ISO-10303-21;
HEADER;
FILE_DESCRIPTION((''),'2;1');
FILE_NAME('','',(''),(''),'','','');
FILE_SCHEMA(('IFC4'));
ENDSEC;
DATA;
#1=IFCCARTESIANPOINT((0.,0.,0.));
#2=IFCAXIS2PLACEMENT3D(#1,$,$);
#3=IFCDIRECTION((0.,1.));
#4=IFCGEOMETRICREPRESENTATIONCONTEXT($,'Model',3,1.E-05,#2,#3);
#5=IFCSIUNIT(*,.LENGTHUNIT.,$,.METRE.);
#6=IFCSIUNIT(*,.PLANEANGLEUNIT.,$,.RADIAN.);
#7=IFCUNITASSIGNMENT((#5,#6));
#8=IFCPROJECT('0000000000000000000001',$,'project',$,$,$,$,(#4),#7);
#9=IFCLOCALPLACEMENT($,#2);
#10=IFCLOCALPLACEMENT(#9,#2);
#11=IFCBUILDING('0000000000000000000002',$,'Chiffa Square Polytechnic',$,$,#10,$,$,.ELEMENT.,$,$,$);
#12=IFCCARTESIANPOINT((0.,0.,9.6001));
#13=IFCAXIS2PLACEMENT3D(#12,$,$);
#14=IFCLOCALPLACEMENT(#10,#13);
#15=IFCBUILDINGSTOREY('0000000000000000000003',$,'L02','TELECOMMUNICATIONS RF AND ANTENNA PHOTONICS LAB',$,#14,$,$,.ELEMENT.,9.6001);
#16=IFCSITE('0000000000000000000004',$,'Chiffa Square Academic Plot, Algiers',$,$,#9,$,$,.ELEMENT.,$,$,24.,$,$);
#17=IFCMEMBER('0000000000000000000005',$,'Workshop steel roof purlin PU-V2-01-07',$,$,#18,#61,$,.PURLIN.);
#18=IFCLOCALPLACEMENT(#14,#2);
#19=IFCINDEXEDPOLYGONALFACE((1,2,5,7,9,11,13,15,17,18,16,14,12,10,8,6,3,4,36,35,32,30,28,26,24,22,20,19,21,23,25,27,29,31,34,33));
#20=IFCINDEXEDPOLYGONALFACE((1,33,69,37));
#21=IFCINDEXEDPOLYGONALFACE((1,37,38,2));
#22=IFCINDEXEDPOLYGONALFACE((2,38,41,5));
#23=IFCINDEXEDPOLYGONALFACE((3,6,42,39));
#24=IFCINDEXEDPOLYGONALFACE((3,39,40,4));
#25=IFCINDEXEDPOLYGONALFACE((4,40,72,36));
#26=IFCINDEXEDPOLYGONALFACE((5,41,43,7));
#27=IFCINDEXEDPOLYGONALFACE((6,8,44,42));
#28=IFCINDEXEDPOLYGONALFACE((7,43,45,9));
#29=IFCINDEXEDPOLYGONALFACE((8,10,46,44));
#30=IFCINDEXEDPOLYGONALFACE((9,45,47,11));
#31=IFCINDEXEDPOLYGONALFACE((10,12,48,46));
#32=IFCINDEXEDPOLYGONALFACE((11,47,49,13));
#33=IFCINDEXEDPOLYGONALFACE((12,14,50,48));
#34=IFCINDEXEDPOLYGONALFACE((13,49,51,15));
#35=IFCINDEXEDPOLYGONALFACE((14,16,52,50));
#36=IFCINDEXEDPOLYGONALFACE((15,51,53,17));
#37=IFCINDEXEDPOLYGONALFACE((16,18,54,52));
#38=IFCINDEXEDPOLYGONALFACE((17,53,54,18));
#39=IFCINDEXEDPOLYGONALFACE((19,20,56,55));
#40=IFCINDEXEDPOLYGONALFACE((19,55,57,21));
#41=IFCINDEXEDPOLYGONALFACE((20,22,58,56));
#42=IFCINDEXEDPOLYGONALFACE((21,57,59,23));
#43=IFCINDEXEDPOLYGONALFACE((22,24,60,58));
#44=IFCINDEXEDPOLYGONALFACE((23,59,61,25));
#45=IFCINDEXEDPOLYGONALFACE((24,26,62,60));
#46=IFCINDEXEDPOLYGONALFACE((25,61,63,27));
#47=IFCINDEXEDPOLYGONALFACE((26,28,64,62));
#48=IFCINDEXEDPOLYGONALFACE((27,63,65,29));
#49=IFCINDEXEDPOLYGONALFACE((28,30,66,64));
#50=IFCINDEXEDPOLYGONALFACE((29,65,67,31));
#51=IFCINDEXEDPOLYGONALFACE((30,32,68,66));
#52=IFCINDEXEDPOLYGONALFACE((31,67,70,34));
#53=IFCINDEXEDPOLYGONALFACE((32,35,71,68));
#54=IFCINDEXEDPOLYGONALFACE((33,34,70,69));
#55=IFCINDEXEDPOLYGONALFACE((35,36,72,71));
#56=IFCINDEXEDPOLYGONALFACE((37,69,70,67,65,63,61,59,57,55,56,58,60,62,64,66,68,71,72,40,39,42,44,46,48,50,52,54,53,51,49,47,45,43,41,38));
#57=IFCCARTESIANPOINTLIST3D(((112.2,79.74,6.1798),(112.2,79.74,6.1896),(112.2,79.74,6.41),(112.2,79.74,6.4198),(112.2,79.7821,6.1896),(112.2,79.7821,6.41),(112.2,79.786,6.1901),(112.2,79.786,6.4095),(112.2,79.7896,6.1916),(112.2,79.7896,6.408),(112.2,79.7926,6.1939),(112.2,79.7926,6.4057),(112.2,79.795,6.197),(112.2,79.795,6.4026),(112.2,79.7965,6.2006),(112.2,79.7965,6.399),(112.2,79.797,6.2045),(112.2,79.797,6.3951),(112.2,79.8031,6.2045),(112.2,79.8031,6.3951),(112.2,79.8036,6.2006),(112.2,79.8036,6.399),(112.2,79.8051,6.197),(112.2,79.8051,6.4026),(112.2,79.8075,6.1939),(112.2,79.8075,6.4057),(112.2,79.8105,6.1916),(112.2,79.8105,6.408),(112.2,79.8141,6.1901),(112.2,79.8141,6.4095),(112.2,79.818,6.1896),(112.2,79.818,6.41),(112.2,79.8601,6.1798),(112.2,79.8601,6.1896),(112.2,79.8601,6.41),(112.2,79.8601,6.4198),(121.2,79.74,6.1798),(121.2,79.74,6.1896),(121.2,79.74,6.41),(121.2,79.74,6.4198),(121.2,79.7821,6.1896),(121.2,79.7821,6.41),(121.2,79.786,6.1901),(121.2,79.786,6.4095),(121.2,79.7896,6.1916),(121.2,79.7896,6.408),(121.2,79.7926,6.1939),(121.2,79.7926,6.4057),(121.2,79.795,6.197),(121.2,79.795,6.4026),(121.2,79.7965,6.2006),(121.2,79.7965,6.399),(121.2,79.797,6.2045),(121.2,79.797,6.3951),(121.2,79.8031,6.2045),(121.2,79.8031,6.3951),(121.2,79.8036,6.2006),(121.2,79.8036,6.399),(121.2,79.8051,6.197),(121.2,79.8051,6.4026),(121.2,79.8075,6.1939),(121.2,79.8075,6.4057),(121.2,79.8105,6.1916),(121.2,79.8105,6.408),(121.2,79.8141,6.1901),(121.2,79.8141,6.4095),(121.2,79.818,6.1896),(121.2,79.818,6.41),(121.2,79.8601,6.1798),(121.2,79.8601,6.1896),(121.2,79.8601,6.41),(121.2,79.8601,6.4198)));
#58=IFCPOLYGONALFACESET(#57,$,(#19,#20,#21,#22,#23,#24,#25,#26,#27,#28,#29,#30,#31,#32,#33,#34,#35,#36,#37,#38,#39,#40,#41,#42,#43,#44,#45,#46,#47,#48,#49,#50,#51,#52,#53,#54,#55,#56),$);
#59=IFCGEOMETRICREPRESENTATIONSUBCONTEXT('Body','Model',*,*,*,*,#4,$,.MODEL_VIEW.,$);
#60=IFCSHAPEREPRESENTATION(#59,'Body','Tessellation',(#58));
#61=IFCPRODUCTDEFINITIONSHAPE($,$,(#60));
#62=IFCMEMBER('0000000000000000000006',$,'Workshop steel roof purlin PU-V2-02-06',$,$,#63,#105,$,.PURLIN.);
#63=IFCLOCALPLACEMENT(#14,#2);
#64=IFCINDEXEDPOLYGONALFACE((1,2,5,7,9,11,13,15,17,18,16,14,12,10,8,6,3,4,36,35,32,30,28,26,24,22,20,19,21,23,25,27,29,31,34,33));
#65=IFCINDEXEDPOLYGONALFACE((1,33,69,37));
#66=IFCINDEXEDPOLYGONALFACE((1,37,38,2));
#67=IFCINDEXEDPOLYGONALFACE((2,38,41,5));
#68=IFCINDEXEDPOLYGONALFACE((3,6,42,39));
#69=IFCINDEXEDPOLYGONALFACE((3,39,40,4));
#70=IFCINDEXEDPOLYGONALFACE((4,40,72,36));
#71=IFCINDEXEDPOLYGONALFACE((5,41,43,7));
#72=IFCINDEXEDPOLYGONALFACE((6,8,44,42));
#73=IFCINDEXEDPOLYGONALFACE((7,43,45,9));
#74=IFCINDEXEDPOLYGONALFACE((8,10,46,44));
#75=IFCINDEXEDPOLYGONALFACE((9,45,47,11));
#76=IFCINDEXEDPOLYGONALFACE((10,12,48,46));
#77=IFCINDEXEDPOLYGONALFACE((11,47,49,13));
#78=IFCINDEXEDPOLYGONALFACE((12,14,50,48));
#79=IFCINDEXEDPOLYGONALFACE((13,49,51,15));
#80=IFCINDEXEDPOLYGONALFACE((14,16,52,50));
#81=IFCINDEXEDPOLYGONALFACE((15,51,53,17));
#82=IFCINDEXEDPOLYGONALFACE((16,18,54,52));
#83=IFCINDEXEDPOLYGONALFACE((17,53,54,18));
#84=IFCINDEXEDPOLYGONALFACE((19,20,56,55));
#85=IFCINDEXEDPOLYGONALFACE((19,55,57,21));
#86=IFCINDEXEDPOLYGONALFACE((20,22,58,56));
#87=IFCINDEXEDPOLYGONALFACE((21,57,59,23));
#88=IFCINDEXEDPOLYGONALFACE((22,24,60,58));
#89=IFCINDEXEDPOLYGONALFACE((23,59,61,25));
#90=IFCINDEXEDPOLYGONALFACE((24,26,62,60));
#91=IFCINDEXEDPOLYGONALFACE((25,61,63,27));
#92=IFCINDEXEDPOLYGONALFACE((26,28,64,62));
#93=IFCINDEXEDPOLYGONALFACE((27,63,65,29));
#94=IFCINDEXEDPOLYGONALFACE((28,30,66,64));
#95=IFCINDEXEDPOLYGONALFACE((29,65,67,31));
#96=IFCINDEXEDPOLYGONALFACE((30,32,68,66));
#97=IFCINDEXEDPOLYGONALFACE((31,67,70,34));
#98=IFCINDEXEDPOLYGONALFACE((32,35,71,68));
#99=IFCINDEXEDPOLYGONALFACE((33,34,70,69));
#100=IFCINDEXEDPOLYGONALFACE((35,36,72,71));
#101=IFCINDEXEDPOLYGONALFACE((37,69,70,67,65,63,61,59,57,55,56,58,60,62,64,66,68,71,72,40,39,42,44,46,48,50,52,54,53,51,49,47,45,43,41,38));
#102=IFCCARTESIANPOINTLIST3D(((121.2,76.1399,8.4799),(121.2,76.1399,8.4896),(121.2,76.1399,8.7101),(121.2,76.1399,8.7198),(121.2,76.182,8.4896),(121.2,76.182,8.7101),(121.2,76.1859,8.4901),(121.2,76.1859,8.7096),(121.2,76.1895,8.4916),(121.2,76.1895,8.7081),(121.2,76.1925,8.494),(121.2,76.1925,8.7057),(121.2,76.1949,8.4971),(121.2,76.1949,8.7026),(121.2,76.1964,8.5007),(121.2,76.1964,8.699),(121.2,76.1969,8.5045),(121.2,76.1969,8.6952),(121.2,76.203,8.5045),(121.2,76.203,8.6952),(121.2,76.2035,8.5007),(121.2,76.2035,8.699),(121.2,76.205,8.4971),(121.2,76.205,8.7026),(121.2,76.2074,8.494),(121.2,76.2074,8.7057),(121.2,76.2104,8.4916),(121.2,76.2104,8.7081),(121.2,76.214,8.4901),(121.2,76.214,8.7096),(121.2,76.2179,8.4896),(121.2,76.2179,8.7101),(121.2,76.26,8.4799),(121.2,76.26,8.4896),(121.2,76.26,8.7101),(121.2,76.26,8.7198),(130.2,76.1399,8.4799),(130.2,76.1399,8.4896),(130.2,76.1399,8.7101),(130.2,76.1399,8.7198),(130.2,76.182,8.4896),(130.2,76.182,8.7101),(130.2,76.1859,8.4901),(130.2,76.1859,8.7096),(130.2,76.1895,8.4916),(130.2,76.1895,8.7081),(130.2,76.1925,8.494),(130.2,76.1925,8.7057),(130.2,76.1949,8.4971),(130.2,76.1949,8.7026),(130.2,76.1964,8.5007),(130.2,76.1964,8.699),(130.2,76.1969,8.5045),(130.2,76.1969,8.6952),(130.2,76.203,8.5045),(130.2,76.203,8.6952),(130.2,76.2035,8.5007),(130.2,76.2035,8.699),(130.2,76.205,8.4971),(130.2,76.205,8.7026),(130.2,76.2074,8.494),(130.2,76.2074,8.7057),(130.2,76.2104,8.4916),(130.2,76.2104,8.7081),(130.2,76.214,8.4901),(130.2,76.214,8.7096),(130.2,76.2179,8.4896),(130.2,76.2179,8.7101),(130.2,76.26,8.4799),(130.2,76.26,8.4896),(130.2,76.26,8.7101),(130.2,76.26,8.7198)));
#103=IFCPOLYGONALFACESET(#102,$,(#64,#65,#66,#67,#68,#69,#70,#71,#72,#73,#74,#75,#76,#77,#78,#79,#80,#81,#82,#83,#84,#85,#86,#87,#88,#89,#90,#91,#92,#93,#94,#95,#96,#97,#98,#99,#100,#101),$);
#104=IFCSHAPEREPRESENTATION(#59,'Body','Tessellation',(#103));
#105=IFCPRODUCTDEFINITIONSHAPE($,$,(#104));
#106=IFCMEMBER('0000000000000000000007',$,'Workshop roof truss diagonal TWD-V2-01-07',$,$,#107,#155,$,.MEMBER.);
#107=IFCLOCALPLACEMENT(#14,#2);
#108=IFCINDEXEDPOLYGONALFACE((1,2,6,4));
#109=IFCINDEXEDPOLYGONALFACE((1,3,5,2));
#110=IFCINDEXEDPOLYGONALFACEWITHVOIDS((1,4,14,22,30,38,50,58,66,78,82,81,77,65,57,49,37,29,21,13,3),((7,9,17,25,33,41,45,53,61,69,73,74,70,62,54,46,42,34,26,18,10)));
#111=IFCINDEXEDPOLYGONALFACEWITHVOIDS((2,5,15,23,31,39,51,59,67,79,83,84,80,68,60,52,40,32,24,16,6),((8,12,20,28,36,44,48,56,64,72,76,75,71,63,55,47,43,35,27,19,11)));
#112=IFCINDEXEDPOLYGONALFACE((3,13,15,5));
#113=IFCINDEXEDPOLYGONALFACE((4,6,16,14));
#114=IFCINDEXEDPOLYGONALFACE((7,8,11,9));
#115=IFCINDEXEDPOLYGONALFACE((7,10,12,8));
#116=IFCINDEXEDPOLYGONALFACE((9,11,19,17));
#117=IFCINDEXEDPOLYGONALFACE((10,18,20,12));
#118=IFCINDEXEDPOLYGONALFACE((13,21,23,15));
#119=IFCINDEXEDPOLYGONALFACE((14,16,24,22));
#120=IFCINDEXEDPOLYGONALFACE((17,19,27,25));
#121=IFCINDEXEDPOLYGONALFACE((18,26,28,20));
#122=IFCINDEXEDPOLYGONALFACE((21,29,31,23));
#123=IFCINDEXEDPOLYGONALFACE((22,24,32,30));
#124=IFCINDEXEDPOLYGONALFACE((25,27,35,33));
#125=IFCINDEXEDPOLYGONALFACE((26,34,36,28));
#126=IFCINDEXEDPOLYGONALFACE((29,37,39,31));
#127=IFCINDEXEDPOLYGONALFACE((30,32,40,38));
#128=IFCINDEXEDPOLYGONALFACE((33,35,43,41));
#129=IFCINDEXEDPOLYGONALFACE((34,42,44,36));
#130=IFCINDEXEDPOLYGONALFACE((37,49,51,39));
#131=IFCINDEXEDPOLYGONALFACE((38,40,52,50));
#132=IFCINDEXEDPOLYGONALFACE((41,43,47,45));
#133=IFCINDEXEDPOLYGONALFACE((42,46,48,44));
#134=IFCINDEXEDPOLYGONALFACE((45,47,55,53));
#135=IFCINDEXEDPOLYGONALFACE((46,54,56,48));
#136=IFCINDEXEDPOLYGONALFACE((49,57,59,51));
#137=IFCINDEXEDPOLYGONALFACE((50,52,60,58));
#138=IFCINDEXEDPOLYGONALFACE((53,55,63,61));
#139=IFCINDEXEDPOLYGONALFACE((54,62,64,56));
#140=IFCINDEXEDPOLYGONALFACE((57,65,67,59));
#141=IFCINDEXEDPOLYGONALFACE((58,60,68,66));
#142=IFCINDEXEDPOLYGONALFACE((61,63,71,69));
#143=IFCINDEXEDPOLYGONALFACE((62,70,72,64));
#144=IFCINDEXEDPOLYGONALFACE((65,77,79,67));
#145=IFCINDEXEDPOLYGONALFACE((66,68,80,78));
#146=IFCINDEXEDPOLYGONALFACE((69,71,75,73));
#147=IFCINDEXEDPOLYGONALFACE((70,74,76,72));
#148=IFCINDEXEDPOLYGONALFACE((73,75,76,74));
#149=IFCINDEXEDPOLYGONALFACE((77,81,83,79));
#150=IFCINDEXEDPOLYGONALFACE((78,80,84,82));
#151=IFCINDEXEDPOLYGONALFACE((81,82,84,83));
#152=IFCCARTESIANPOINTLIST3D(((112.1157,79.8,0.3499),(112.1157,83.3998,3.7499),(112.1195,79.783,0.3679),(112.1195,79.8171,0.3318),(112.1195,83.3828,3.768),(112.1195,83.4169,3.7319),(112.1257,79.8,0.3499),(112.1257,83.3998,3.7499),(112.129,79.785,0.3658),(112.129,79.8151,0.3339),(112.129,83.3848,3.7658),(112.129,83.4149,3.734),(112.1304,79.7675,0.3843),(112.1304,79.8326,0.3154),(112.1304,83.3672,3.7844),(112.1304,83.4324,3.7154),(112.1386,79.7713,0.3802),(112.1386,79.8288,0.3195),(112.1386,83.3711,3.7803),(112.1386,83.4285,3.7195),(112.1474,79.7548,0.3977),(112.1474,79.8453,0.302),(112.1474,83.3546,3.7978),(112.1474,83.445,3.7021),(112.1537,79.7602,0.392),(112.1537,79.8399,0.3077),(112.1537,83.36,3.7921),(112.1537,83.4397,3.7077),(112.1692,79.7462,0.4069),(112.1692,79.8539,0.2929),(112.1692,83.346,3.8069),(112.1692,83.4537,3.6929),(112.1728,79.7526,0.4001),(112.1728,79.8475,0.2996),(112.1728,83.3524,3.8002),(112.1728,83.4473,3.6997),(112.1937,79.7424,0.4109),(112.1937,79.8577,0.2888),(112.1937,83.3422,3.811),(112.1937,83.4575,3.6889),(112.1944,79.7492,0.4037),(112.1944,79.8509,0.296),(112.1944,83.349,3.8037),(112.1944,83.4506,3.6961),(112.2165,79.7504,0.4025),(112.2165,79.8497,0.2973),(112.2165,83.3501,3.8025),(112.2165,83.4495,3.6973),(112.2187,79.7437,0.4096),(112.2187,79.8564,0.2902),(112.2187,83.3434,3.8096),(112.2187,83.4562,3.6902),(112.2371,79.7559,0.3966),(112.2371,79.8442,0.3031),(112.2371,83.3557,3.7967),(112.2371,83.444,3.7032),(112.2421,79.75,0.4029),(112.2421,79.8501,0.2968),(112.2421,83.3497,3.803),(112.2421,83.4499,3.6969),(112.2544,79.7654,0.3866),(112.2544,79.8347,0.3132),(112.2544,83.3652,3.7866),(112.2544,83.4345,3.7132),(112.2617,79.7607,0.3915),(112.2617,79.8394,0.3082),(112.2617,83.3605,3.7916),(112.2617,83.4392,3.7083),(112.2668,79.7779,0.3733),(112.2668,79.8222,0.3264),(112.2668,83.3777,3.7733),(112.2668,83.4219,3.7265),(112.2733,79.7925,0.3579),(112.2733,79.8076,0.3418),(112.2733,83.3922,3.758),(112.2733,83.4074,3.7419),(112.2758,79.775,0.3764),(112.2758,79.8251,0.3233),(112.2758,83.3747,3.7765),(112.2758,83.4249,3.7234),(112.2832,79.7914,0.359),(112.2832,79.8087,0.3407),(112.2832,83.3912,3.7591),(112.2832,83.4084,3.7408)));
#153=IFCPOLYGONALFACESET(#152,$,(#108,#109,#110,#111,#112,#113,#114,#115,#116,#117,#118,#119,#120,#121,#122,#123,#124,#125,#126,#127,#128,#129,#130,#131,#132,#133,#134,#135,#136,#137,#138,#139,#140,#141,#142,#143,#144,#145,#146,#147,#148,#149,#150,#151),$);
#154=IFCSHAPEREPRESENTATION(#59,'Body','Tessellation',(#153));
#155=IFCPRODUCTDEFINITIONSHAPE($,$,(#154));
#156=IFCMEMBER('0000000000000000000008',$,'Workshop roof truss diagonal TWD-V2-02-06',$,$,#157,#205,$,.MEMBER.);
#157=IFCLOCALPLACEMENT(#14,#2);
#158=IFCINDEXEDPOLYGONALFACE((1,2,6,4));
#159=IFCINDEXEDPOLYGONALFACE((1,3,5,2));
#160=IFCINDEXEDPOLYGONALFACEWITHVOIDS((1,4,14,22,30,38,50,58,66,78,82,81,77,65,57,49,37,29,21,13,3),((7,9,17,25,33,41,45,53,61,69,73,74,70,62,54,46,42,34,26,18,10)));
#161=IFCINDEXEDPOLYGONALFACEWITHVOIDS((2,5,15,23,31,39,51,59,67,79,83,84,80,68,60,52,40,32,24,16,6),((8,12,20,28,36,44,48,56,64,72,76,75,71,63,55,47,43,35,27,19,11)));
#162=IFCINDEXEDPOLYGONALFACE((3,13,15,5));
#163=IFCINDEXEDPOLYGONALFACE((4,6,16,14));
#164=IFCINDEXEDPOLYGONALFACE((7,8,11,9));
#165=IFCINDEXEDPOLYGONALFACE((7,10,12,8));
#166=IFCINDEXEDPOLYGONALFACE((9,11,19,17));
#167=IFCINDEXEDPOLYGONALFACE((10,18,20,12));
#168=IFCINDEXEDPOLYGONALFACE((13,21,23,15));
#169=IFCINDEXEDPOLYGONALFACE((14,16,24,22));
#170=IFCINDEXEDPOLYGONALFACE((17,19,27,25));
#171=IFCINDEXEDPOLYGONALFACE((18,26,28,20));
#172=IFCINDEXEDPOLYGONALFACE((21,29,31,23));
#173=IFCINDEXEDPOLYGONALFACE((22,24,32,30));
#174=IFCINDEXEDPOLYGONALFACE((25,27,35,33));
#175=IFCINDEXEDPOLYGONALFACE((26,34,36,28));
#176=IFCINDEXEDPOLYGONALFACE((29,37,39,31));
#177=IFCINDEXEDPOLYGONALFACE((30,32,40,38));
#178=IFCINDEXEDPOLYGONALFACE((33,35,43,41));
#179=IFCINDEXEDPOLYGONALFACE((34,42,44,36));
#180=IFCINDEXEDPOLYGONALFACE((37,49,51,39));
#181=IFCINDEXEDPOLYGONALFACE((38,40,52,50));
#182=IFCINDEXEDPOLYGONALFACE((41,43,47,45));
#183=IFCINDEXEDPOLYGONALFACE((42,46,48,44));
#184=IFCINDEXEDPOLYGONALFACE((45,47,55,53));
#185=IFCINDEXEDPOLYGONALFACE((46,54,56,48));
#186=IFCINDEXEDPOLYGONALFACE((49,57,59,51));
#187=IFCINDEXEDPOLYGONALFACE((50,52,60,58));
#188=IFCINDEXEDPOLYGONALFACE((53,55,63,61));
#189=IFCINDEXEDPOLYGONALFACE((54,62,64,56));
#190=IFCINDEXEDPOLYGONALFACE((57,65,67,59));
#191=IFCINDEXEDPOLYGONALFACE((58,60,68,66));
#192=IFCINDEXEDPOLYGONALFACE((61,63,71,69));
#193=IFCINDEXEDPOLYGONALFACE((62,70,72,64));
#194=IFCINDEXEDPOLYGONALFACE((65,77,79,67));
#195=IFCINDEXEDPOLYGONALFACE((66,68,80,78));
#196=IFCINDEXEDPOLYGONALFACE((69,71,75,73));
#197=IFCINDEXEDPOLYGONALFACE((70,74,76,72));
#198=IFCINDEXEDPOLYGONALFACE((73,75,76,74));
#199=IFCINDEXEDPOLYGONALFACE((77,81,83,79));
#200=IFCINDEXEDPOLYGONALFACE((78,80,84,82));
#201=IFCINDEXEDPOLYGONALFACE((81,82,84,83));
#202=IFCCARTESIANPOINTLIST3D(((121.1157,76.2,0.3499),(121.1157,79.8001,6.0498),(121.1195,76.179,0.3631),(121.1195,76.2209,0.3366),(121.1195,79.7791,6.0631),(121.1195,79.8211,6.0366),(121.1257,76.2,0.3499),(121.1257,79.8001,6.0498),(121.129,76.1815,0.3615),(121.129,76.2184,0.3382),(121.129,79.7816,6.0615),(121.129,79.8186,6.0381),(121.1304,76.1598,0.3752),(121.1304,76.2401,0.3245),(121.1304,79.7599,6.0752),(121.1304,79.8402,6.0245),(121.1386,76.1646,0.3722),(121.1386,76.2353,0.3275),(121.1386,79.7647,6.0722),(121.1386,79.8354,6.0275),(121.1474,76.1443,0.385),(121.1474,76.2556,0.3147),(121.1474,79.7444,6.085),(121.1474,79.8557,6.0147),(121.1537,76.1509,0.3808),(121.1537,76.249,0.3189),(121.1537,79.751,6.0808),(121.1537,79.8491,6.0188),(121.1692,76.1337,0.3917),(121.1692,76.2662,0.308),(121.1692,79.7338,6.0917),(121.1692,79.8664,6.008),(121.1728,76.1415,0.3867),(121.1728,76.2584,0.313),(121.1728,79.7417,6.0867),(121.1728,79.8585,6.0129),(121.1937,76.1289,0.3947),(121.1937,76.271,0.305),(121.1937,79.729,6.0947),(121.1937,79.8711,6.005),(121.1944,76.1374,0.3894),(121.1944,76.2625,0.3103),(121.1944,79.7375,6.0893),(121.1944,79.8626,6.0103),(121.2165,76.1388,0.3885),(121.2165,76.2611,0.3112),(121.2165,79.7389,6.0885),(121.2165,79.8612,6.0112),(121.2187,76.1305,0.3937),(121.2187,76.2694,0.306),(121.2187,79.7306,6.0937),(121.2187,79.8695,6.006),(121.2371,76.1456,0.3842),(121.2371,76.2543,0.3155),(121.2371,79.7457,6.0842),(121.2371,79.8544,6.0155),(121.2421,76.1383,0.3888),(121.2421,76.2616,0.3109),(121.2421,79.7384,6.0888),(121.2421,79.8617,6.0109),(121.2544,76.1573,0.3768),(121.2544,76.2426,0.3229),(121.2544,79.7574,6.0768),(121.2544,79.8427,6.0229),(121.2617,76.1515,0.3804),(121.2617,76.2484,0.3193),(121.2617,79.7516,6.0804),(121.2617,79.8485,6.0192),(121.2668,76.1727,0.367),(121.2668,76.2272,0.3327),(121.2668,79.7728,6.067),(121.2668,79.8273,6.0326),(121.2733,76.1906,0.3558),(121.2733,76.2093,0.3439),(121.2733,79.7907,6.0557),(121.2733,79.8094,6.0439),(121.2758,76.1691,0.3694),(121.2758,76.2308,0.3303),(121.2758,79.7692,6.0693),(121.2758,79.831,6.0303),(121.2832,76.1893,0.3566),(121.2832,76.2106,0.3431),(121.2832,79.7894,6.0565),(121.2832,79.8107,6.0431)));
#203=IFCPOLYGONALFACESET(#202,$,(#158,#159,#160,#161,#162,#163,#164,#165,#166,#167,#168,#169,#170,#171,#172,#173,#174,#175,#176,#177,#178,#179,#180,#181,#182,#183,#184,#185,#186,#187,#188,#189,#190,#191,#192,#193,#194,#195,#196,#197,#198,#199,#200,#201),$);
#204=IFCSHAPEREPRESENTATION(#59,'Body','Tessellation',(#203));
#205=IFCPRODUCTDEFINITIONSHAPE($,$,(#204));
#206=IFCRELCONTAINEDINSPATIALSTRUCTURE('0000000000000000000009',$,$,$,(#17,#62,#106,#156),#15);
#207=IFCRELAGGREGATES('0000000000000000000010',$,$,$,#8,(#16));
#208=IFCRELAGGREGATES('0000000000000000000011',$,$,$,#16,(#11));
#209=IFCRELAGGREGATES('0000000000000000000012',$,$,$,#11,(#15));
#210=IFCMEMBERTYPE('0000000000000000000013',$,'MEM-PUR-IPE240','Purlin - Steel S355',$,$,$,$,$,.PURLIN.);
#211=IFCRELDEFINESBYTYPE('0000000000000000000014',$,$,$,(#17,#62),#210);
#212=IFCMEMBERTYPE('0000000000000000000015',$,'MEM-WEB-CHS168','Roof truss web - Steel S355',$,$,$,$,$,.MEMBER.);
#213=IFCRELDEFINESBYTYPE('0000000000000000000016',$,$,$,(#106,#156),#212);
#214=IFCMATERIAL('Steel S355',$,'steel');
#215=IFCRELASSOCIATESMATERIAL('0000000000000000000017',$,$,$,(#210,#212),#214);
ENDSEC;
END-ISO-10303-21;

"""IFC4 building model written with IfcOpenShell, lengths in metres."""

from ifc_helpers import new_model, si_unit, direction, frame, origin, origin_2d, place, context, subcontext, project, spatial, hollow_circle, i_section, extrude, material, material_profile, profile_set, type_object, element, save


model = new_model("IFC4")

# Units and contexts
model_context = context("Model", 3, precision=1e-05, world=origin(), true_north=direction((0.0, 1.0)))
body_context = subcontext(model_context, "Body", "Model", "MODEL_VIEW")
ifc_project = project(units=[si_unit("LENGTHUNIT", "METRE"), si_unit("PLANEANGLEUNIT", "RADIAN")], contexts=[model_context])

# Site, building, storey
site_placement = place(None, origin())
site = spatial("IfcSite", under=ifc_project, at=site_placement, Name="Chiffa Square Academic Plot, Algiers", CompositionType="ELEMENT", RefElevation=24.0)
building_placement = place(site_placement, origin())
building = spatial("IfcBuilding", under=site, at=building_placement, Name="Chiffa Square Polytechnic", CompositionType="ELEMENT")
storey_placement = place(building_placement, frame((0.0, 0.0, 9.6001)))
storey = spatial("IfcBuildingStorey", under=building, at=storey_placement, Name="L02", Description="TELECOMMUNICATIONS RF AND ANTENNA PHOTONICS LAB", CompositionType="ELEMENT", Elevation=9.6001)

# Shared definitions
ifc_material_1 = material(Name="Steel S355", Category="steel")

# Members
ifc_material_profile_1 = material_profile(ifc_material_1, i_section(OverallWidth=0.1201, OverallDepth=0.24, WebThickness=0.0061, FlangeThickness=0.0098, FilletRadius=0.0149, at=origin_2d()), Name="IPE 240")
ifc_profile_set_1 = profile_set([ifc_material_profile_1], Name="Steel S355")
member_type_1 = type_object("IfcMemberType", Name="MEM-PUR-IPE240", Description="Purlin - Steel S355", PredefinedType="PURLIN", material=ifc_profile_set_1)
for number, where, z_axis, x_axis, name in (
    (1, (112.2, 79.8, 6.2998), (1.0, 0.0, 0.0), (0.0, 1.0, 0.0), "Workshop steel roof purlin PU-V2-01-07"),
    (2, (121.2, 76.2, 8.5999), (1.0, 0.0, 0.0), (0.0, 1.0, 0.0), "Workshop steel roof purlin PU-V2-02-06"),
):
    element("IfcMember", number, at=place(storey_placement, frame(where, z_axis=z_axis, x_axis=x_axis)), inside=storey, type_object=member_type_1, Name=name, PredefinedType="PURLIN", context=body_context, shape_type="SweptSolid", body=[
        extrude(i_section(OverallWidth=0.1201, OverallDepth=0.24, WebThickness=0.0061, FlangeThickness=0.0098, FilletRadius=0.0149, at=origin_2d()), origin(), (0.0, 0.0, 1.0), 9.0),
    ])
ifc_material_profile_2 = material_profile(ifc_material_1, hollow_circle(Radius=0.0842, WallThickness=0.01, at=origin_2d()), Name="CHS 168.3x10")
ifc_profile_set_2 = profile_set([ifc_material_profile_2], Name="Steel S355")
member_type_2 = type_object("IfcMemberType", Name="MEM-WEB-CHS168", Description="Roof truss web - Steel S355", PredefinedType="MEMBER", material=ifc_profile_set_2)
member_1_placement = place(storey_placement, frame((112.2, 79.8, 0.3499), z_axis=(0.0, 0.726984, 0.686654), x_axis=(-1.0, 0.0, 0.0)))
element("IfcMember", 3, at=member_1_placement, inside=storey, type_object=member_type_2, Name="Workshop roof truss diagonal TWD-V2-01-07", PredefinedType="MEMBER", context=body_context, shape_type="SweptSolid", body=[
    extrude(hollow_circle(Radius=0.0842, WallThickness=0.01, at=origin_2d()), origin(), (0.0, 0.0, 1.0), 4.9517),
])
member_2_placement = place(storey_placement, frame((121.2, 76.2, 0.3499), z_axis=(0.0, 0.534007, 0.84548), x_axis=(-1.0, 0.0, 0.0)))
element("IfcMember", 4, at=member_2_placement, inside=storey, type_object=member_type_2, Name="Workshop roof truss diagonal TWD-V2-02-06", PredefinedType="MEMBER", context=body_context, shape_type="SweptSolid", body=[
    extrude(hollow_circle(Radius=0.0842, WallThickness=0.01, at=origin_2d()), origin(), (0.0, 0.0, 1.0), 6.7417),
])

save(model, "model.ifc")
